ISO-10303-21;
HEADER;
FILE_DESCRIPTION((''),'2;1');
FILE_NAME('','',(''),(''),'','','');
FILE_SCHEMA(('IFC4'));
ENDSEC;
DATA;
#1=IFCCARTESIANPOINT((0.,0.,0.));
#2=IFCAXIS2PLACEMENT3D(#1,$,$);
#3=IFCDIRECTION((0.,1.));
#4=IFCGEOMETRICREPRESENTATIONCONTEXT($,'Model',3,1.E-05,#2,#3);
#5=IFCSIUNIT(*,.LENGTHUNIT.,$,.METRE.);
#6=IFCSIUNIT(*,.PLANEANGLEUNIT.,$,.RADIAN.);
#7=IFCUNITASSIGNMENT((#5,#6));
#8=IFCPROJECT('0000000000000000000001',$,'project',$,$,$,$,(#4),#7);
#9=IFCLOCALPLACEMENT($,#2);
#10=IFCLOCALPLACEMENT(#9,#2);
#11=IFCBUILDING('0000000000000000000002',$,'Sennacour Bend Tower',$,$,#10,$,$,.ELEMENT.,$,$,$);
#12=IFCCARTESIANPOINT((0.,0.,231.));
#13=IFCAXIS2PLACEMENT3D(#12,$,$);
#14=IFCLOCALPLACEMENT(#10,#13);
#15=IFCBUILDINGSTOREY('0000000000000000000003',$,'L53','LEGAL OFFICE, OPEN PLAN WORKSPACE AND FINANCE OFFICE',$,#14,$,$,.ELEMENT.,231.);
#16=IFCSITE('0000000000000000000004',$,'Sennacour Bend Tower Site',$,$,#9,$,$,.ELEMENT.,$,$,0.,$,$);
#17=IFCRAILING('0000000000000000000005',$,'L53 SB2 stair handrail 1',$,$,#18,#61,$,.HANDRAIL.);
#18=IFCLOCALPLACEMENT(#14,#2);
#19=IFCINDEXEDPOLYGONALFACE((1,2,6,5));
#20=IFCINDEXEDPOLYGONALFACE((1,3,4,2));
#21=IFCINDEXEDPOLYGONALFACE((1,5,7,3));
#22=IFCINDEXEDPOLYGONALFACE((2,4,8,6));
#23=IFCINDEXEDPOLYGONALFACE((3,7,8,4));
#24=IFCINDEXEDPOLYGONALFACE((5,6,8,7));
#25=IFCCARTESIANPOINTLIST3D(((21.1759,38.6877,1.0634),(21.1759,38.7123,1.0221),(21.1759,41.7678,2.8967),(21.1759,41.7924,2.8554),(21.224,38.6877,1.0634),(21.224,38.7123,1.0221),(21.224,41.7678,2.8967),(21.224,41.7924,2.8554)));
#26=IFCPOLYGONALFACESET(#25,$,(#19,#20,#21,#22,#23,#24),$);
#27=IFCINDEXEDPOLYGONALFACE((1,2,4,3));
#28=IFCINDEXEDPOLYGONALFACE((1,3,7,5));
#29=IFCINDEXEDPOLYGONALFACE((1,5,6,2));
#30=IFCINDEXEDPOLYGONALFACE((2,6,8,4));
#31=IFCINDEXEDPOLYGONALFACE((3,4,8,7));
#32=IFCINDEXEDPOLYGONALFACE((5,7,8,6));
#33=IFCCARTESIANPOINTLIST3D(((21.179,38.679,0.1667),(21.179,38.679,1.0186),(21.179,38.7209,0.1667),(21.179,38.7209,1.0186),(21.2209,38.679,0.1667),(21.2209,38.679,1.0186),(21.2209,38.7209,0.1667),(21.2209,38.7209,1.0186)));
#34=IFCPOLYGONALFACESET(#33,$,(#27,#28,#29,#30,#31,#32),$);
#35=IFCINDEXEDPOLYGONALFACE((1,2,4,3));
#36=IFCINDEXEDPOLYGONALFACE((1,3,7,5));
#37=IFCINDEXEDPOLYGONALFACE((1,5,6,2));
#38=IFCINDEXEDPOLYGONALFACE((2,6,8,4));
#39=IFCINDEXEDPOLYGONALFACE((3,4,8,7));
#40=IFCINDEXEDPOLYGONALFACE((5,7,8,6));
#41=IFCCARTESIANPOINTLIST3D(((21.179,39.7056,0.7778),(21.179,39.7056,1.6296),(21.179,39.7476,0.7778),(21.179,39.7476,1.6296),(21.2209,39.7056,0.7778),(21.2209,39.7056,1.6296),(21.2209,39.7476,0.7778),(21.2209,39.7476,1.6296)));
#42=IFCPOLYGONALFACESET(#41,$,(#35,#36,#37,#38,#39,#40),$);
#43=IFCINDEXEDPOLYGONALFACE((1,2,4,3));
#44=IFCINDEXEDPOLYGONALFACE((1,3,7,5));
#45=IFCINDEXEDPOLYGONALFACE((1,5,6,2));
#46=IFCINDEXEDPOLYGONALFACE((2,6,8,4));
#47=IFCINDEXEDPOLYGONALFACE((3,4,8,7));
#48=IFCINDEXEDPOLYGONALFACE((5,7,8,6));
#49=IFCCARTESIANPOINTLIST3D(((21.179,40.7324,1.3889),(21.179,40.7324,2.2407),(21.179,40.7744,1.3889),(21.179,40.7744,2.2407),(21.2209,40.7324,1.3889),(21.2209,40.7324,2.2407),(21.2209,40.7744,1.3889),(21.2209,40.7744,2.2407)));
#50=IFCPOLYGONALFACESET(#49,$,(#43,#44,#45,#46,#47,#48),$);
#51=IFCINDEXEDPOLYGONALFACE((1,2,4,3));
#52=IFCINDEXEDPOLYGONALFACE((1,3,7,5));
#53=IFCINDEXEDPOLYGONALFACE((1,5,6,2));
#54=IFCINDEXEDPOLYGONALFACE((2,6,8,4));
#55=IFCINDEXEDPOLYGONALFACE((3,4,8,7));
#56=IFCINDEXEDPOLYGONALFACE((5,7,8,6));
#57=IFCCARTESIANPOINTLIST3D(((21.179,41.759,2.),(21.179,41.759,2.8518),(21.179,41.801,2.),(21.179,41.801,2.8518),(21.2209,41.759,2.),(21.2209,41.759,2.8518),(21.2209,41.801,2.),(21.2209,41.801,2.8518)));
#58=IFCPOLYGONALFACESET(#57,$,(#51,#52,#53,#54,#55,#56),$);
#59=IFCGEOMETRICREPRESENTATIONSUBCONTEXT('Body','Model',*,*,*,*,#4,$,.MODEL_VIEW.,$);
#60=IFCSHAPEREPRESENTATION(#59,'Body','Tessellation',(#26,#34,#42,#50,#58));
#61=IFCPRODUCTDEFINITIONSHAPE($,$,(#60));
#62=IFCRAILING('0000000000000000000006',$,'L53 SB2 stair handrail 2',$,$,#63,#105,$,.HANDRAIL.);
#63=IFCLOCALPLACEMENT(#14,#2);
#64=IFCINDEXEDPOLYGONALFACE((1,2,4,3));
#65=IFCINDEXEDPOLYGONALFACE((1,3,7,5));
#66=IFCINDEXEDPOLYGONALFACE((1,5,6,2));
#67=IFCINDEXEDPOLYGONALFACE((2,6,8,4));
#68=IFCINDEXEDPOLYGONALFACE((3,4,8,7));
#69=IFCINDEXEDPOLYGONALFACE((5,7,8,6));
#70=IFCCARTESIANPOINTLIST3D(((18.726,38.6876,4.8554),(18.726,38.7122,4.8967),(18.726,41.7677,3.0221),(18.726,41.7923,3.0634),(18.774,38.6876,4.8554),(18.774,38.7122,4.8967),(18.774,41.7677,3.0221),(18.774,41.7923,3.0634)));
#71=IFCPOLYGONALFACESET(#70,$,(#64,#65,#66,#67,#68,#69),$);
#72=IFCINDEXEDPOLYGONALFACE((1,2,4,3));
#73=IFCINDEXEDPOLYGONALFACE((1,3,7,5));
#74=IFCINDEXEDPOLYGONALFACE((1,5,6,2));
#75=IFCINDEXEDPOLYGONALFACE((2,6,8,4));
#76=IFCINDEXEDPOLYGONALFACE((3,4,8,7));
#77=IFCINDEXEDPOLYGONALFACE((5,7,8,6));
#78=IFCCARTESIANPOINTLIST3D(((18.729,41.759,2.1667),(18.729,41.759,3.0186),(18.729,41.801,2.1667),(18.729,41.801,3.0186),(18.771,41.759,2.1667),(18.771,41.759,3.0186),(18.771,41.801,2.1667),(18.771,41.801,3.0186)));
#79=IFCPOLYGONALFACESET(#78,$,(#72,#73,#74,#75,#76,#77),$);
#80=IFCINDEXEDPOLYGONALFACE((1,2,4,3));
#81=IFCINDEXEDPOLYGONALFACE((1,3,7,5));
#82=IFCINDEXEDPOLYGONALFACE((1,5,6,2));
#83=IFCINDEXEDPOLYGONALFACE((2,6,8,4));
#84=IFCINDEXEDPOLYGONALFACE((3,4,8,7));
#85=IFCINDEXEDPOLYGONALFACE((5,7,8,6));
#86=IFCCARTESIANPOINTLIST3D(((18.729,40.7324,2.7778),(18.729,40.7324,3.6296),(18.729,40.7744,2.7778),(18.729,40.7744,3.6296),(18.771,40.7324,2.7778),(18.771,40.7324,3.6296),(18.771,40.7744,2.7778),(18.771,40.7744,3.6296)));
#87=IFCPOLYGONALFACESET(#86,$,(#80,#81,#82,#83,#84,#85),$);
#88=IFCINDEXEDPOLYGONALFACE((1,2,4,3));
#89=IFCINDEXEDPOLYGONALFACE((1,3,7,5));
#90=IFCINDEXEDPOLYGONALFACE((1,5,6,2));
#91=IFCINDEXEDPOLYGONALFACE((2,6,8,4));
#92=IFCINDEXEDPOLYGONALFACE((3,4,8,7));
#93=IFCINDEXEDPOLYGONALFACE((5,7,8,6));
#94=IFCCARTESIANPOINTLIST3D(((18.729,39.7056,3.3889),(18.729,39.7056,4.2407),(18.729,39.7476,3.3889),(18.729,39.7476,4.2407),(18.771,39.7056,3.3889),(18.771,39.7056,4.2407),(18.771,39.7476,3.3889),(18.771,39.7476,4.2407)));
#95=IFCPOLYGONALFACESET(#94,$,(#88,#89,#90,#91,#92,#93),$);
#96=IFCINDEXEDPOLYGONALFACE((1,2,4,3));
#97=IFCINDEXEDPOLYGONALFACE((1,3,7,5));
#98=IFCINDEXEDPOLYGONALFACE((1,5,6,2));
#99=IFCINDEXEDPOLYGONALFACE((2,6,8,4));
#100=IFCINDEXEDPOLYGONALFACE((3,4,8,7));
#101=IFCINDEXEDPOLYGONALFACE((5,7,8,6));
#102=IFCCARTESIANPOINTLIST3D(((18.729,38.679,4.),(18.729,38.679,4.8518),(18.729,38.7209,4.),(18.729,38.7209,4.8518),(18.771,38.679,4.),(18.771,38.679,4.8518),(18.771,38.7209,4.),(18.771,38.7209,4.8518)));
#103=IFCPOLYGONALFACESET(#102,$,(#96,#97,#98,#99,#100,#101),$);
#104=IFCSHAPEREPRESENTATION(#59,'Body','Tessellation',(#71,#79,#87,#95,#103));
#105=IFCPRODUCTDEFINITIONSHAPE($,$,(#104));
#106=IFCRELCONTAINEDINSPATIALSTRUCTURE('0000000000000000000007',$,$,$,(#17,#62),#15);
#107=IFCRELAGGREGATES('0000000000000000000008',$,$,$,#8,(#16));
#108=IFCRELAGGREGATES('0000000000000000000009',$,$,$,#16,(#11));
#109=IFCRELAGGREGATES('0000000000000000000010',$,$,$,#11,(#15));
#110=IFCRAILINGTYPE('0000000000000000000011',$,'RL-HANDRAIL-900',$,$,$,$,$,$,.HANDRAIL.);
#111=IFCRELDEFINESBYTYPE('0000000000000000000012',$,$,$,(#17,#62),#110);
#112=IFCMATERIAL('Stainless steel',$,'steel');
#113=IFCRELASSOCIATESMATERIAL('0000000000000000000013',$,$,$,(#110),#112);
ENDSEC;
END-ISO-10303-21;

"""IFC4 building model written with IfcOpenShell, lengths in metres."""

from ifc_helpers import new_model, si_unit, direction, frame, origin, origin_2d, place, context, subcontext, project, spatial, rectangle, extrude, material, type_object, element, save


model = new_model("IFC4")

# Units and contexts
model_context = context("Model", 3, precision=1e-05, world=origin(), true_north=direction((0.0, 1.0)))
body_context = subcontext(model_context, "Body", "Model", "MODEL_VIEW")
ifc_project = project(units=[si_unit("LENGTHUNIT", "METRE"), si_unit("PLANEANGLEUNIT", "RADIAN")], contexts=[model_context])

# Site, building, storey
site_placement = place(None, origin())
site = spatial("IfcSite", under=ifc_project, at=site_placement, Name="Sennacour Bend Tower Site", CompositionType="ELEMENT", RefElevation=0.0)
building_placement = place(site_placement, origin())
building = spatial("IfcBuilding", under=site, at=building_placement, Name="Sennacour Bend Tower", CompositionType="ELEMENT")
storey_placement = place(building_placement, frame((0.0, 0.0, 231.0)))
storey = spatial("IfcBuildingStorey", under=building, at=storey_placement, Name="L53", Description="LEGAL OFFICE, OPEN PLAN WORKSPACE AND FINANCE OFFICE", CompositionType="ELEMENT", Elevation=231.0)

# Railings
ifc_material_1 = material(Name="Stainless steel", Category="steel")
railing_type_1 = type_object("IfcRailingType", Name="RL-HANDRAIL-900", PredefinedType="HANDRAIL", material=ifc_material_1)
railing_1_placement = place(storey_placement, frame((21.2, 38.7, 0.1667)))
element("IfcRailing", 1, at=railing_1_placement, inside=storey, type_object=railing_type_1, Name="L53 SB2 stair handrail 1", PredefinedType="HANDRAIL", context=body_context, shape_type="SweptSolid", body=[
    extrude(rectangle(XDim=0.0481, YDim=0.0481, at=origin_2d()), frame((0.0, 0.0, 0.876), z_axis=(0.0, 0.859309, 0.511458), x_axis=(-1.0, 0.0, 0.0)), (0.0, 0.0, 1.0), 3.5845),
    extrude(rectangle(XDim=0.042, YDim=0.042, at=origin_2d()), origin(), (0.0, 0.0, 1.0), 0.8518),
    extrude(rectangle(XDim=0.042, YDim=0.042, at=origin_2d()), frame((0.0, 1.0266, 0.6111)), (0.0, 0.0, 1.0), 0.8518),
    extrude(rectangle(XDim=0.042, YDim=0.042, at=origin_2d()), frame((0.0, 2.0535, 1.2222)), (0.0, 0.0, 1.0), 0.8518),
    extrude(rectangle(XDim=0.042, YDim=0.042, at=origin_2d()), frame((0.0, 3.0801, 1.8333)), (0.0, 0.0, 1.0), 0.8518),
])
railing_2_placement = place(storey_placement, frame((18.75, 41.78, 2.1667)))
element("IfcRailing", 2, at=railing_2_placement, inside=storey, type_object=railing_type_1, Name="L53 SB2 stair handrail 2", PredefinedType="HANDRAIL", context=body_context, shape_type="SweptSolid", body=[
    extrude(rectangle(XDim=0.0481, YDim=0.0481, at=origin_2d()), frame((0.0, 0.0, 0.876), z_axis=(0.0, -0.859309, 0.511458), x_axis=(1.0, 0.0, 0.0)), (0.0, 0.0, 1.0), 3.5845),
    extrude(rectangle(XDim=0.042, YDim=0.042, at=origin_2d()), origin(), (0.0, 0.0, 1.0), 0.8518),
    extrude(rectangle(XDim=0.042, YDim=0.042, at=origin_2d()), frame((0.0, -1.0266, 0.6111)), (0.0, 0.0, 1.0), 0.8518),
    extrude(rectangle(XDim=0.042, YDim=0.042, at=origin_2d()), frame((0.0, -2.0535, 1.2222)), (0.0, 0.0, 1.0), 0.8518),
    extrude(rectangle(XDim=0.042, YDim=0.042, at=origin_2d()), frame((0.0, -3.0801, 1.8333)), (0.0, 0.0, 1.0), 0.8518),
])

save(model, "model.ifc")
